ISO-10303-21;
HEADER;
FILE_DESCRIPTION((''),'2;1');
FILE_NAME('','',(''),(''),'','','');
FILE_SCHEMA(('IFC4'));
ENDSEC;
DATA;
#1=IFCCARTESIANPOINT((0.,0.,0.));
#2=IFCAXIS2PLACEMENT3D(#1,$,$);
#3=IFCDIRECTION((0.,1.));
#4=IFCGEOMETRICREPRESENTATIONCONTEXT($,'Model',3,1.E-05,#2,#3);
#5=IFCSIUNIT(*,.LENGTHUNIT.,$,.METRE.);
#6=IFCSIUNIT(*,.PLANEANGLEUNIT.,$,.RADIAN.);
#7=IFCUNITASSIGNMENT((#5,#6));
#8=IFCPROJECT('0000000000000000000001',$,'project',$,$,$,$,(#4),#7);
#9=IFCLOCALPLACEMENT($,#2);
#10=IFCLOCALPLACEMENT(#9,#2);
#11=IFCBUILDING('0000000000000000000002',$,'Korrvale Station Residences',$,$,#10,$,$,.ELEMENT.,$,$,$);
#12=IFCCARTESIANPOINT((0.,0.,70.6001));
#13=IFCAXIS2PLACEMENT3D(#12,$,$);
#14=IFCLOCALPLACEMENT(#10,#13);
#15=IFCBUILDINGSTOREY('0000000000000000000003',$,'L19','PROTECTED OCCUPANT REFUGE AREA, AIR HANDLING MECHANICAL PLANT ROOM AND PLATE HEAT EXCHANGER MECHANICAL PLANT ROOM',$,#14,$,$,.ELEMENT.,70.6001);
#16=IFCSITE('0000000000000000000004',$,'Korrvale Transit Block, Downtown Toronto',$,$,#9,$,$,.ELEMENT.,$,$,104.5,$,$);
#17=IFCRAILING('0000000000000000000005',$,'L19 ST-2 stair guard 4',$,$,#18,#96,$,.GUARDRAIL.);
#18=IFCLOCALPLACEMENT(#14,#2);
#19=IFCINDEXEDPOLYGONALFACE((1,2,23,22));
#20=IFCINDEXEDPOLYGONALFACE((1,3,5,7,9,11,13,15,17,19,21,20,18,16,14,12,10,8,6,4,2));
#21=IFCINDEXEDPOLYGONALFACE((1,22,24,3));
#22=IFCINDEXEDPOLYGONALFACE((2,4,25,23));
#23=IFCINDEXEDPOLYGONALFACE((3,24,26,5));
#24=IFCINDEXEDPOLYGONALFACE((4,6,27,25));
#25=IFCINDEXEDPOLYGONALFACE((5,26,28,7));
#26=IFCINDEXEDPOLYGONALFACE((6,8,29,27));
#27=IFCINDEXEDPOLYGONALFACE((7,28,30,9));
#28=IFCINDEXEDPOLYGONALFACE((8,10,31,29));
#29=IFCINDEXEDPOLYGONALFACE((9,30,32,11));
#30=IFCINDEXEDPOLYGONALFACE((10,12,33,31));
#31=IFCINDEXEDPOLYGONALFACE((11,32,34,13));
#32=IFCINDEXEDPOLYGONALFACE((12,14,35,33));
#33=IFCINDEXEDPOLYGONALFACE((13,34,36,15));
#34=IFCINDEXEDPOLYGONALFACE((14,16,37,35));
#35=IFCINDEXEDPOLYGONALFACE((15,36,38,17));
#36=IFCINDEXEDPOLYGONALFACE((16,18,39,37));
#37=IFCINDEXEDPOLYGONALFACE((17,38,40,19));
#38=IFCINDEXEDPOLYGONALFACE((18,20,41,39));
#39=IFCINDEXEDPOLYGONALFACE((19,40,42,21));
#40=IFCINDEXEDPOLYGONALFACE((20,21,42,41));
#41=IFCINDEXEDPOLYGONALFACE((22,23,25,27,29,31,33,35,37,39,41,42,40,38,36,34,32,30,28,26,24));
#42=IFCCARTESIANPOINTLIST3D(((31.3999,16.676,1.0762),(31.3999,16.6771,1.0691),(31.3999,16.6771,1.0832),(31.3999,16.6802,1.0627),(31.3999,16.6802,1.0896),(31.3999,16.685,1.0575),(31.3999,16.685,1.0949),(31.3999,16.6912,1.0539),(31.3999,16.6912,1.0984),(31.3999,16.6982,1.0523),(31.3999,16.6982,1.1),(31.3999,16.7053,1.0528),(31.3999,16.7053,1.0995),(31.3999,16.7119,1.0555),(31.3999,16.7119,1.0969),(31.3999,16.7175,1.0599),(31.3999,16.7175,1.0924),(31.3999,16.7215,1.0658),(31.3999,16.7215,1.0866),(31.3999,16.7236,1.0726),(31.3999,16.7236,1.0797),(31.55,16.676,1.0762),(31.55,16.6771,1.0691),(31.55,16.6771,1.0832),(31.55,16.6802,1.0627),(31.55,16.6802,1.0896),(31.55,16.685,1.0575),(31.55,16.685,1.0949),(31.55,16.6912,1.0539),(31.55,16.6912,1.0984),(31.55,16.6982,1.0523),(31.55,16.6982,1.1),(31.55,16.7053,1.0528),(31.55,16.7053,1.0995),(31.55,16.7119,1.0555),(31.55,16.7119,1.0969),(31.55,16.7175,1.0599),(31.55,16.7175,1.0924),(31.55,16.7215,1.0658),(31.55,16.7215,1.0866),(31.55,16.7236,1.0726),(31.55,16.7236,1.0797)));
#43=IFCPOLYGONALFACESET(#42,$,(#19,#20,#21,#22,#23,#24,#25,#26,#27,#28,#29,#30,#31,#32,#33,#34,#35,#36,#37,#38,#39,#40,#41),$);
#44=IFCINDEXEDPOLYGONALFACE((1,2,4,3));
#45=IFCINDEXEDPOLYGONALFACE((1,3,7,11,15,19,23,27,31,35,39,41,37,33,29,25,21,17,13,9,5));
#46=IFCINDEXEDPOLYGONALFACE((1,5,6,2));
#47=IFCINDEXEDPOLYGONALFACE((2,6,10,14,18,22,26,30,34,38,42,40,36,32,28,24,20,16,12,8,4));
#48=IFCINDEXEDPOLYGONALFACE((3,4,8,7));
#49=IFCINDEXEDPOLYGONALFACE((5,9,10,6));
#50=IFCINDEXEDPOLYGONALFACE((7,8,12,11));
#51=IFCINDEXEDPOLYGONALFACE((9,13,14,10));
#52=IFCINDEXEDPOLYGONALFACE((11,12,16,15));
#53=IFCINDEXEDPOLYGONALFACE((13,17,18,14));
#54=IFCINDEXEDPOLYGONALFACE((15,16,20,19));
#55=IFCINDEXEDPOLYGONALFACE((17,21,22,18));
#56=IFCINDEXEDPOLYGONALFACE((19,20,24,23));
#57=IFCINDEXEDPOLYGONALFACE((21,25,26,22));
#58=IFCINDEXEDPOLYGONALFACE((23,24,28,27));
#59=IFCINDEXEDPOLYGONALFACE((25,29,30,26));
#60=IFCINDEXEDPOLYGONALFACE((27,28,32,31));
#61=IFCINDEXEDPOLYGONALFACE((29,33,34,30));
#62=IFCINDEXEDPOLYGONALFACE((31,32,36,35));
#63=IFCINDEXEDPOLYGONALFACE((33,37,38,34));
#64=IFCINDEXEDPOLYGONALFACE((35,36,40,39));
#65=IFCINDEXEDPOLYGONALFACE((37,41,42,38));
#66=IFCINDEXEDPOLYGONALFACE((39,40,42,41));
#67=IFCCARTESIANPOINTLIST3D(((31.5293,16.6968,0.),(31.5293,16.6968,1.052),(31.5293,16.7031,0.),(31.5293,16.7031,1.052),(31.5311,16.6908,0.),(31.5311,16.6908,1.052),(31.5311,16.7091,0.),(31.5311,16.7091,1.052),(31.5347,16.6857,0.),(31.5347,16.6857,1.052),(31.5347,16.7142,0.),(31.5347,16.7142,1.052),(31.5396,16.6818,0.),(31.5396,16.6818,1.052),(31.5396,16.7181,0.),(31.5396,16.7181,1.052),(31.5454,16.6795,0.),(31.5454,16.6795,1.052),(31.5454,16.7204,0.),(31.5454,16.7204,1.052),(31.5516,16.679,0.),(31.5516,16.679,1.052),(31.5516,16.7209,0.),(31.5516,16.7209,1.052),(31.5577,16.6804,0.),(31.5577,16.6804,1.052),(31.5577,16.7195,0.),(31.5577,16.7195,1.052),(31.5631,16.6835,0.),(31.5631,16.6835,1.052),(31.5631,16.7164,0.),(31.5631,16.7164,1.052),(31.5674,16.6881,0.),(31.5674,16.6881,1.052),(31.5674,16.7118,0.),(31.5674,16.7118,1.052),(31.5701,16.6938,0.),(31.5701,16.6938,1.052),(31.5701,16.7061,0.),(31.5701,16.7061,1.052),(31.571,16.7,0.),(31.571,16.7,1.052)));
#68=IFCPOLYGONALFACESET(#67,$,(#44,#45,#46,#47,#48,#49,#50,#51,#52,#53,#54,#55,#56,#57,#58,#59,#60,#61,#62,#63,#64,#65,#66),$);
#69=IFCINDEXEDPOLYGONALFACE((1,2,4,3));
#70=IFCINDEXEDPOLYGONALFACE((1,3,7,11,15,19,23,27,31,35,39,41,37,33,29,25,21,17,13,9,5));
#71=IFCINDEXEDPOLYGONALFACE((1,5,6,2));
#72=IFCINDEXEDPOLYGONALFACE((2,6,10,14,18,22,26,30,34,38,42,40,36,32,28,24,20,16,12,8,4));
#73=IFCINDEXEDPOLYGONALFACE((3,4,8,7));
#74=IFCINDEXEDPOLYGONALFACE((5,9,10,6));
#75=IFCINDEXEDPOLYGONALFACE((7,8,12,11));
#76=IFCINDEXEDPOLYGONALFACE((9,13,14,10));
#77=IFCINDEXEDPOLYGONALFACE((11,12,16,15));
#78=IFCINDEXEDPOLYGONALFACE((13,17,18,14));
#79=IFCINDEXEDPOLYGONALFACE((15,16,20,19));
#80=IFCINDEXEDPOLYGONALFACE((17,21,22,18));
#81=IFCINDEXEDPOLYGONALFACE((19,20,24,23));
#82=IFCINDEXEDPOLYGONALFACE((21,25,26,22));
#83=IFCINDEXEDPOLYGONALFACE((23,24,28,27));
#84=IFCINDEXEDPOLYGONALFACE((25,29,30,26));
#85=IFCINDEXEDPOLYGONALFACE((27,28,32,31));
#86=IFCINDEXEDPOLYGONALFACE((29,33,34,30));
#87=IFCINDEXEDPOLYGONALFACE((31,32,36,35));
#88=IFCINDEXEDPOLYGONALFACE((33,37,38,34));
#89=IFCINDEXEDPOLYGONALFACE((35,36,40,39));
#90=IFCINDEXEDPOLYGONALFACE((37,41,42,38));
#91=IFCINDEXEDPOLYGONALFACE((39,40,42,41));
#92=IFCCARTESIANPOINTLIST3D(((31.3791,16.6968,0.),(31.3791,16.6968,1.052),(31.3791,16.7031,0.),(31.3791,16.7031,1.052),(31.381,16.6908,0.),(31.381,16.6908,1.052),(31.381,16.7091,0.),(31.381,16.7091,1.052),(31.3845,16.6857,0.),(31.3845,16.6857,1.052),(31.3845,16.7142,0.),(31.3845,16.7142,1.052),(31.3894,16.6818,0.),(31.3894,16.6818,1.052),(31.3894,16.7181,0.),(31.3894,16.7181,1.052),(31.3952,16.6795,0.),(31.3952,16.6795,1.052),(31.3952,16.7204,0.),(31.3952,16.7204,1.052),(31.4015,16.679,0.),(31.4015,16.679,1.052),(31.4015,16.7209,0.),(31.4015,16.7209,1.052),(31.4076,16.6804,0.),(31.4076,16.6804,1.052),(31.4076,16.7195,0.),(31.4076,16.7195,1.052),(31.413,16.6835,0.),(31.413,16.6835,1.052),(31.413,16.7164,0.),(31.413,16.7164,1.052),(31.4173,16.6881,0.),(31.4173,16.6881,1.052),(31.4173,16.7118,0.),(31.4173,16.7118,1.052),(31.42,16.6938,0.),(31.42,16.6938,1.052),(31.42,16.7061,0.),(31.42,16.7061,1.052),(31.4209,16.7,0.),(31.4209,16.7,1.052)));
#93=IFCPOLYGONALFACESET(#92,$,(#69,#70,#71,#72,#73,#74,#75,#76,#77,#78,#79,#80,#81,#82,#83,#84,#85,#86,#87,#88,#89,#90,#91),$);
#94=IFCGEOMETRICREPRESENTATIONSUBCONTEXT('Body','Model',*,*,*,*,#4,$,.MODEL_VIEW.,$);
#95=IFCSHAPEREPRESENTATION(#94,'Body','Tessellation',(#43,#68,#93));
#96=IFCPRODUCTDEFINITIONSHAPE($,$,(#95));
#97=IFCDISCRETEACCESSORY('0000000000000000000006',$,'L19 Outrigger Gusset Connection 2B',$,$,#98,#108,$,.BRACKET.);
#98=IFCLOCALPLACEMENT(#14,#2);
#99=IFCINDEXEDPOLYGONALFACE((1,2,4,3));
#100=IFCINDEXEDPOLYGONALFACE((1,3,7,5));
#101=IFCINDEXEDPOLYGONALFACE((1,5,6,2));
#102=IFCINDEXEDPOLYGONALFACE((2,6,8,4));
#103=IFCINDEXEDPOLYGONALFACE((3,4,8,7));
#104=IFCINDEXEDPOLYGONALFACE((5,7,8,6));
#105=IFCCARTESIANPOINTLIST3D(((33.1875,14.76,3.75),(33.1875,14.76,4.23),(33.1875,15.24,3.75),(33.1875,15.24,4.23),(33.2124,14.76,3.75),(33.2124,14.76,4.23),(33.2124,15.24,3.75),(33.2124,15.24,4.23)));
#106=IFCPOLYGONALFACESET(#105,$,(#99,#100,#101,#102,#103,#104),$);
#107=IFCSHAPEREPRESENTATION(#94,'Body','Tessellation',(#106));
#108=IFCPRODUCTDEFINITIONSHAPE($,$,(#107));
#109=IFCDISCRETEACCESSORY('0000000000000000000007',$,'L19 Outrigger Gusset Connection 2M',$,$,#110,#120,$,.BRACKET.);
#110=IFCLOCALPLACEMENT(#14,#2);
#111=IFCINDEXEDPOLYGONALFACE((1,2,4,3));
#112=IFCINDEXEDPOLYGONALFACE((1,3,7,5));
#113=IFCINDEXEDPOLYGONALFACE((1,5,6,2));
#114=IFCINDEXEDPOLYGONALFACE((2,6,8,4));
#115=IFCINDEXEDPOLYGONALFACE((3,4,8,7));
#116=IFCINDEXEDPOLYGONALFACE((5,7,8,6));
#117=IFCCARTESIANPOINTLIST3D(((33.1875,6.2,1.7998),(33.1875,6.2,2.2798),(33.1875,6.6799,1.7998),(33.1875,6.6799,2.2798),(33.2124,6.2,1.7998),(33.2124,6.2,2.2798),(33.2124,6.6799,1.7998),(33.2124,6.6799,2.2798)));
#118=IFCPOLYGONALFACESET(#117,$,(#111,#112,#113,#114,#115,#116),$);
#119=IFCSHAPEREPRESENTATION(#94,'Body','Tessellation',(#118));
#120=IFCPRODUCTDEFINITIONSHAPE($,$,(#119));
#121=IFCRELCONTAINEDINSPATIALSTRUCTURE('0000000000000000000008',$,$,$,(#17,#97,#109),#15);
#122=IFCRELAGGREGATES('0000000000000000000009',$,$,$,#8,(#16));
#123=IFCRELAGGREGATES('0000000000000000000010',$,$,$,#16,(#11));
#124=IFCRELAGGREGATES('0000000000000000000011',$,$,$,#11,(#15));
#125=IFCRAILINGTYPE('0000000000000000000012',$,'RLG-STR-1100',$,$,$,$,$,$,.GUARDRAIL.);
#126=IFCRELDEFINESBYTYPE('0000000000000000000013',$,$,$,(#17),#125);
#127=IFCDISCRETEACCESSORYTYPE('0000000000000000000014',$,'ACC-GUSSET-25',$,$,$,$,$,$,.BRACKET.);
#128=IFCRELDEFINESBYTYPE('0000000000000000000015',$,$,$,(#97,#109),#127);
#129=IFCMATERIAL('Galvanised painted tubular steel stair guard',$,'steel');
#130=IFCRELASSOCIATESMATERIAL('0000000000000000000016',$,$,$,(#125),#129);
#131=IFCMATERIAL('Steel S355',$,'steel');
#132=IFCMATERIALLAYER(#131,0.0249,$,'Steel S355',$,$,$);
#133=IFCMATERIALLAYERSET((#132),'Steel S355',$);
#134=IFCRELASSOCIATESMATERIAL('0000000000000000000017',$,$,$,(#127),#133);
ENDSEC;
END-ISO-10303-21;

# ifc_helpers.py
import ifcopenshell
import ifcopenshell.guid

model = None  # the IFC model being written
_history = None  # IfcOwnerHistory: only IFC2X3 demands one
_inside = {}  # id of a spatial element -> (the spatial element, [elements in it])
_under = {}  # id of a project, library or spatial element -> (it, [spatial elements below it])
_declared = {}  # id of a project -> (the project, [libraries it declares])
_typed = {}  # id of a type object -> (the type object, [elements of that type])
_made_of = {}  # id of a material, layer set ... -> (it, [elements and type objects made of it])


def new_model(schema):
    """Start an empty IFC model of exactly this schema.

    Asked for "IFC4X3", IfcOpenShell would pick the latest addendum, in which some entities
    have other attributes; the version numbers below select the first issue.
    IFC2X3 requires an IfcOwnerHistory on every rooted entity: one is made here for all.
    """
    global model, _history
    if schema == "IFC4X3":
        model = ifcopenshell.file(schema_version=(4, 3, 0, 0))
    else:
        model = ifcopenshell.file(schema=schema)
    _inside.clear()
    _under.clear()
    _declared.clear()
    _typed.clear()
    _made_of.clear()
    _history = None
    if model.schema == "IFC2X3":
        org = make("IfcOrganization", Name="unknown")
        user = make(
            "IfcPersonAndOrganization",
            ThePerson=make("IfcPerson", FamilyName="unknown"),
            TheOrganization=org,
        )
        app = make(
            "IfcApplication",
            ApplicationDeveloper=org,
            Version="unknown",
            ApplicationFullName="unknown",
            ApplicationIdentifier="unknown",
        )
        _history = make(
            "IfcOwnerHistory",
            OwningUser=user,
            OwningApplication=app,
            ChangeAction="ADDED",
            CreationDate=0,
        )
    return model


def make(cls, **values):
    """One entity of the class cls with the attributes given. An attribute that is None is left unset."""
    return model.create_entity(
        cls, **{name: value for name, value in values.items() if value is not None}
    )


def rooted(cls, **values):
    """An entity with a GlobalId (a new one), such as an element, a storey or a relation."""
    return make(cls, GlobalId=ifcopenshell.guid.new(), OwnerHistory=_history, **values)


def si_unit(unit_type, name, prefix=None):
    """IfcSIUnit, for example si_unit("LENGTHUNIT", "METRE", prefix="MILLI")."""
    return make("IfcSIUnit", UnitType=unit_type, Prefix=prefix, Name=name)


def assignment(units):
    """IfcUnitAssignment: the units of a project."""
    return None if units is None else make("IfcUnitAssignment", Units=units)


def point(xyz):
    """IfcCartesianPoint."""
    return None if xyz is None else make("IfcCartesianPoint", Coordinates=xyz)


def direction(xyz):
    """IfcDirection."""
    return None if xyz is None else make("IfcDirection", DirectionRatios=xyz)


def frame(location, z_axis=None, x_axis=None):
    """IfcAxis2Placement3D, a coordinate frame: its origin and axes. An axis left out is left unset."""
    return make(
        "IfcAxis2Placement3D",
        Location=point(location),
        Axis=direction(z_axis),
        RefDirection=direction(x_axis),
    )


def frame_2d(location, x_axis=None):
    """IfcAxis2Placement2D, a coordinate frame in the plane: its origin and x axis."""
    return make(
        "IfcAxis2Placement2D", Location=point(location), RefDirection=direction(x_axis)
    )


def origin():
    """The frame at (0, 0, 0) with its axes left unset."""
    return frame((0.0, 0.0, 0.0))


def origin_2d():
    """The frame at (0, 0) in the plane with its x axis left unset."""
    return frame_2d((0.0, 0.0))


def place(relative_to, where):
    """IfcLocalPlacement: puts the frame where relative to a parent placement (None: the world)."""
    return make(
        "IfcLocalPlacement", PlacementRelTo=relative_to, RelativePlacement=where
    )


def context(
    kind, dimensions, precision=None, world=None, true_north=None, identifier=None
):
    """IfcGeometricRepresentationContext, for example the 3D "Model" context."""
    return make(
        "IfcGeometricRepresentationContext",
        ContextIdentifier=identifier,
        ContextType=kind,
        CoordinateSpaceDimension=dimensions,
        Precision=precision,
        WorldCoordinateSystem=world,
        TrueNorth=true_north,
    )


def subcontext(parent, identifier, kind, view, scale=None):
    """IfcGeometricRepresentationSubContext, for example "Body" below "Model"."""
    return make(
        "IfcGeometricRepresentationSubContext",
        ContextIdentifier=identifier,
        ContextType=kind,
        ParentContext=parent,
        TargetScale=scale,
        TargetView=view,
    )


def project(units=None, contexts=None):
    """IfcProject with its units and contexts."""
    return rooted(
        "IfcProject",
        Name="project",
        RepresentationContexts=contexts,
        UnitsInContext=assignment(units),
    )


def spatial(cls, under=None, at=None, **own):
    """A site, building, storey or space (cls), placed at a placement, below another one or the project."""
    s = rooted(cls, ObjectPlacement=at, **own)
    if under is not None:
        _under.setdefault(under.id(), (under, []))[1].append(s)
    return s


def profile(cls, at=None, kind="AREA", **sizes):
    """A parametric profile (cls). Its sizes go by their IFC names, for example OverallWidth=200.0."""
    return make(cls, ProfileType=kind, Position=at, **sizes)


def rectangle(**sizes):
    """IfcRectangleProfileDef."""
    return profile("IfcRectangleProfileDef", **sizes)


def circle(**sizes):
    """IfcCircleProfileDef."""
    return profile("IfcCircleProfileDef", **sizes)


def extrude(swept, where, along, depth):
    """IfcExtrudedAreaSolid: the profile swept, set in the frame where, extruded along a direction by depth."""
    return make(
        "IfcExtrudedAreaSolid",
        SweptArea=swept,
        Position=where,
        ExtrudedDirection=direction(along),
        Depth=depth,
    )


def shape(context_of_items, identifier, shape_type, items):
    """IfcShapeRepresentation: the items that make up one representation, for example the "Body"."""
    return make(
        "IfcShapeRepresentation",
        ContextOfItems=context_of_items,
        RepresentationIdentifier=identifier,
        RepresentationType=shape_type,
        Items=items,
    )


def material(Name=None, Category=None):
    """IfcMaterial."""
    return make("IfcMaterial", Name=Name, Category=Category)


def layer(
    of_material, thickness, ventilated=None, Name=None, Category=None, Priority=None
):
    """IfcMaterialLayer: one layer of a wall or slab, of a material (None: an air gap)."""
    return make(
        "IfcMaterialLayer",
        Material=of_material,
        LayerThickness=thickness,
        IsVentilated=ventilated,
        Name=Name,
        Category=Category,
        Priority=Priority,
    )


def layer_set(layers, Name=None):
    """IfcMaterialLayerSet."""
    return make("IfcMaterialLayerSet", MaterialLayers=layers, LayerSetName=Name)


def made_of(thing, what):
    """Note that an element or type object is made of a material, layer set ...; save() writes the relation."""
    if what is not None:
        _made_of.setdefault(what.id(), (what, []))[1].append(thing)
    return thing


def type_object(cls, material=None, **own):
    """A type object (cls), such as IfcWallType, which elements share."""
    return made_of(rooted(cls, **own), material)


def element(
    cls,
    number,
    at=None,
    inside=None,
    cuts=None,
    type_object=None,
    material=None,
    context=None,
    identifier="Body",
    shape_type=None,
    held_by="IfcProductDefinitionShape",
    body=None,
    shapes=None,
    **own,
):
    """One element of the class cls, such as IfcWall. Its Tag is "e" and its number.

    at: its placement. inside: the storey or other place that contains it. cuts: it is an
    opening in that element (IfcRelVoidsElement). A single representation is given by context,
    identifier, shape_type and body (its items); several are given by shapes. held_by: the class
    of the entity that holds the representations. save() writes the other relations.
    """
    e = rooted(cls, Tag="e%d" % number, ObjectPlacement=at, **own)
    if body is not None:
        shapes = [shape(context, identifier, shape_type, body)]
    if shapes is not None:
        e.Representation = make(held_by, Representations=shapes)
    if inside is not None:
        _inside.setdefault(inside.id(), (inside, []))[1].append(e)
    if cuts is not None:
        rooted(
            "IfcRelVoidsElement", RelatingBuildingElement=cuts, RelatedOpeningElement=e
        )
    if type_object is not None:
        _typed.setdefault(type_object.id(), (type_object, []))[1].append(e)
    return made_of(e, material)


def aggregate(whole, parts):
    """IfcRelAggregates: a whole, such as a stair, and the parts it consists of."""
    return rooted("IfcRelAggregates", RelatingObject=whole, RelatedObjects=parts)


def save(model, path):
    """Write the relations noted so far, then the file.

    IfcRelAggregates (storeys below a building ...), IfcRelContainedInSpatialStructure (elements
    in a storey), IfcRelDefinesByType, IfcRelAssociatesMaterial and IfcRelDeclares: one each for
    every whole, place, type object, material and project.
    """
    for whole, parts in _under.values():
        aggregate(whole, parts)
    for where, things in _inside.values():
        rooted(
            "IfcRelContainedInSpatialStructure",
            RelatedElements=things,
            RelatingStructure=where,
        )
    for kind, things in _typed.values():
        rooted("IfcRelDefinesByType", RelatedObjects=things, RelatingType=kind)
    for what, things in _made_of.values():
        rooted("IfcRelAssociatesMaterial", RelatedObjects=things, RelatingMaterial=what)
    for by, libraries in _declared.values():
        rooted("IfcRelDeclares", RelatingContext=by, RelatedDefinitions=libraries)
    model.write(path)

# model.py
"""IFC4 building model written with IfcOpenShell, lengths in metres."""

from ifc_helpers import new_model, si_unit, direction, frame, origin, origin_2d, place, context, subcontext, project, spatial, rectangle, circle, extrude, material, layer, layer_set, type_object, element, save


model = new_model("IFC4")

# Units and contexts
model_context = context("Model", 3, precision=1e-05, world=origin(), true_north=direction((0.0, 1.0)))
body_context = subcontext(model_context, "Body", "Model", "MODEL_VIEW")
ifc_project = project(units=[si_unit("LENGTHUNIT", "METRE"), si_unit("PLANEANGLEUNIT", "RADIAN")], contexts=[model_context])

# Site, building, storey
site_placement = place(None, origin())
site = spatial("IfcSite", under=ifc_project, at=site_placement, Name="Korrvale Transit Block, Downtown Toronto", CompositionType="ELEMENT", RefElevation=104.5)
building_placement = place(site_placement, origin())
building = spatial("IfcBuilding", under=site, at=building_placement, Name="Korrvale Station Residences", CompositionType="ELEMENT")
storey_placement = place(building_placement, frame((0.0, 0.0, 70.6001)))
storey = spatial("IfcBuildingStorey", under=building, at=storey_placement, Name="L19", Description="PROTECTED OCCUPANT REFUGE AREA, AIR HANDLING MECHANICAL PLANT ROOM AND PLATE HEAT EXCHANGER MECHANICAL PLANT ROOM", CompositionType="ELEMENT", Elevation=70.6001)

# Railing
ifc_material_1 = material(Name="Galvanised painted tubular steel stair guard", Category="steel")
railing_type_1 = type_object("IfcRailingType", Name="RLG-STR-1100", PredefinedType="GUARDRAIL", material=ifc_material_1)
railing_1_placement = place(storey_placement, frame((31.55, 16.7, 0.0)))
element("IfcRailing", 1, at=railing_1_placement, inside=storey, type_object=railing_type_1, Name="L19 ST-2 stair guard 4", PredefinedType="GUARDRAIL", context=body_context, shape_type="SweptSolid", body=[
    extrude(circle(Radius=0.0239, at=origin_2d()), frame((0.0, 0.0, 1.0762), z_axis=(-1.0, 0.0, 0.0), x_axis=(0.0, -1.0, 0.0)), (0.0, 0.0, 1.0), 0.1501),
    extrude(circle(Radius=0.021, at=origin_2d()), origin(), (0.0, 0.0, 1.0), 1.052),
    extrude(circle(Radius=0.021, at=origin_2d()), frame((-0.1501, 0.0, 0.0)), (0.0, 0.0, 1.0), 1.052),
])

# Discrete accessories
ifc_material_2 = material(Name="Steel S355", Category="steel")
ifc_layer_1 = layer(ifc_material_2, 0.0249, Name="Steel S355")
ifc_layer_set_1 = layer_set([ifc_layer_1], Name="Steel S355")
discrete_accessory_type = type_object("IfcDiscreteAccessoryType", Name="ACC-GUSSET-25", PredefinedType="BRACKET", material=ifc_layer_set_1)
for number, where, z_axis, x_axis, name in (
    (2, (33.2, 15.0, 3.75), (0.0, 0.0, 1.0), (0.0, 1.0, 0.0), "L19 Outrigger Gusset Connection 2B"),
    (3, (33.2, 6.4399, 1.7998), (0.0, 0.0, 1.0), (0.0, 1.0, 0.0), "L19 Outrigger Gusset Connection 2M"),
):
    element("IfcDiscreteAccessory", number, at=place(storey_placement, frame(where, z_axis=z_axis, x_axis=x_axis)), inside=storey, type_object=discrete_accessory_type, Name=name, PredefinedType="BRACKET", context=body_context, shape_type="SweptSolid", body=[
        extrude(rectangle(XDim=0.48, YDim=0.0249, at=origin_2d()), origin(), (0.0, 0.0, 1.0), 0.48),
    ])

save(model, "model.ifc")
